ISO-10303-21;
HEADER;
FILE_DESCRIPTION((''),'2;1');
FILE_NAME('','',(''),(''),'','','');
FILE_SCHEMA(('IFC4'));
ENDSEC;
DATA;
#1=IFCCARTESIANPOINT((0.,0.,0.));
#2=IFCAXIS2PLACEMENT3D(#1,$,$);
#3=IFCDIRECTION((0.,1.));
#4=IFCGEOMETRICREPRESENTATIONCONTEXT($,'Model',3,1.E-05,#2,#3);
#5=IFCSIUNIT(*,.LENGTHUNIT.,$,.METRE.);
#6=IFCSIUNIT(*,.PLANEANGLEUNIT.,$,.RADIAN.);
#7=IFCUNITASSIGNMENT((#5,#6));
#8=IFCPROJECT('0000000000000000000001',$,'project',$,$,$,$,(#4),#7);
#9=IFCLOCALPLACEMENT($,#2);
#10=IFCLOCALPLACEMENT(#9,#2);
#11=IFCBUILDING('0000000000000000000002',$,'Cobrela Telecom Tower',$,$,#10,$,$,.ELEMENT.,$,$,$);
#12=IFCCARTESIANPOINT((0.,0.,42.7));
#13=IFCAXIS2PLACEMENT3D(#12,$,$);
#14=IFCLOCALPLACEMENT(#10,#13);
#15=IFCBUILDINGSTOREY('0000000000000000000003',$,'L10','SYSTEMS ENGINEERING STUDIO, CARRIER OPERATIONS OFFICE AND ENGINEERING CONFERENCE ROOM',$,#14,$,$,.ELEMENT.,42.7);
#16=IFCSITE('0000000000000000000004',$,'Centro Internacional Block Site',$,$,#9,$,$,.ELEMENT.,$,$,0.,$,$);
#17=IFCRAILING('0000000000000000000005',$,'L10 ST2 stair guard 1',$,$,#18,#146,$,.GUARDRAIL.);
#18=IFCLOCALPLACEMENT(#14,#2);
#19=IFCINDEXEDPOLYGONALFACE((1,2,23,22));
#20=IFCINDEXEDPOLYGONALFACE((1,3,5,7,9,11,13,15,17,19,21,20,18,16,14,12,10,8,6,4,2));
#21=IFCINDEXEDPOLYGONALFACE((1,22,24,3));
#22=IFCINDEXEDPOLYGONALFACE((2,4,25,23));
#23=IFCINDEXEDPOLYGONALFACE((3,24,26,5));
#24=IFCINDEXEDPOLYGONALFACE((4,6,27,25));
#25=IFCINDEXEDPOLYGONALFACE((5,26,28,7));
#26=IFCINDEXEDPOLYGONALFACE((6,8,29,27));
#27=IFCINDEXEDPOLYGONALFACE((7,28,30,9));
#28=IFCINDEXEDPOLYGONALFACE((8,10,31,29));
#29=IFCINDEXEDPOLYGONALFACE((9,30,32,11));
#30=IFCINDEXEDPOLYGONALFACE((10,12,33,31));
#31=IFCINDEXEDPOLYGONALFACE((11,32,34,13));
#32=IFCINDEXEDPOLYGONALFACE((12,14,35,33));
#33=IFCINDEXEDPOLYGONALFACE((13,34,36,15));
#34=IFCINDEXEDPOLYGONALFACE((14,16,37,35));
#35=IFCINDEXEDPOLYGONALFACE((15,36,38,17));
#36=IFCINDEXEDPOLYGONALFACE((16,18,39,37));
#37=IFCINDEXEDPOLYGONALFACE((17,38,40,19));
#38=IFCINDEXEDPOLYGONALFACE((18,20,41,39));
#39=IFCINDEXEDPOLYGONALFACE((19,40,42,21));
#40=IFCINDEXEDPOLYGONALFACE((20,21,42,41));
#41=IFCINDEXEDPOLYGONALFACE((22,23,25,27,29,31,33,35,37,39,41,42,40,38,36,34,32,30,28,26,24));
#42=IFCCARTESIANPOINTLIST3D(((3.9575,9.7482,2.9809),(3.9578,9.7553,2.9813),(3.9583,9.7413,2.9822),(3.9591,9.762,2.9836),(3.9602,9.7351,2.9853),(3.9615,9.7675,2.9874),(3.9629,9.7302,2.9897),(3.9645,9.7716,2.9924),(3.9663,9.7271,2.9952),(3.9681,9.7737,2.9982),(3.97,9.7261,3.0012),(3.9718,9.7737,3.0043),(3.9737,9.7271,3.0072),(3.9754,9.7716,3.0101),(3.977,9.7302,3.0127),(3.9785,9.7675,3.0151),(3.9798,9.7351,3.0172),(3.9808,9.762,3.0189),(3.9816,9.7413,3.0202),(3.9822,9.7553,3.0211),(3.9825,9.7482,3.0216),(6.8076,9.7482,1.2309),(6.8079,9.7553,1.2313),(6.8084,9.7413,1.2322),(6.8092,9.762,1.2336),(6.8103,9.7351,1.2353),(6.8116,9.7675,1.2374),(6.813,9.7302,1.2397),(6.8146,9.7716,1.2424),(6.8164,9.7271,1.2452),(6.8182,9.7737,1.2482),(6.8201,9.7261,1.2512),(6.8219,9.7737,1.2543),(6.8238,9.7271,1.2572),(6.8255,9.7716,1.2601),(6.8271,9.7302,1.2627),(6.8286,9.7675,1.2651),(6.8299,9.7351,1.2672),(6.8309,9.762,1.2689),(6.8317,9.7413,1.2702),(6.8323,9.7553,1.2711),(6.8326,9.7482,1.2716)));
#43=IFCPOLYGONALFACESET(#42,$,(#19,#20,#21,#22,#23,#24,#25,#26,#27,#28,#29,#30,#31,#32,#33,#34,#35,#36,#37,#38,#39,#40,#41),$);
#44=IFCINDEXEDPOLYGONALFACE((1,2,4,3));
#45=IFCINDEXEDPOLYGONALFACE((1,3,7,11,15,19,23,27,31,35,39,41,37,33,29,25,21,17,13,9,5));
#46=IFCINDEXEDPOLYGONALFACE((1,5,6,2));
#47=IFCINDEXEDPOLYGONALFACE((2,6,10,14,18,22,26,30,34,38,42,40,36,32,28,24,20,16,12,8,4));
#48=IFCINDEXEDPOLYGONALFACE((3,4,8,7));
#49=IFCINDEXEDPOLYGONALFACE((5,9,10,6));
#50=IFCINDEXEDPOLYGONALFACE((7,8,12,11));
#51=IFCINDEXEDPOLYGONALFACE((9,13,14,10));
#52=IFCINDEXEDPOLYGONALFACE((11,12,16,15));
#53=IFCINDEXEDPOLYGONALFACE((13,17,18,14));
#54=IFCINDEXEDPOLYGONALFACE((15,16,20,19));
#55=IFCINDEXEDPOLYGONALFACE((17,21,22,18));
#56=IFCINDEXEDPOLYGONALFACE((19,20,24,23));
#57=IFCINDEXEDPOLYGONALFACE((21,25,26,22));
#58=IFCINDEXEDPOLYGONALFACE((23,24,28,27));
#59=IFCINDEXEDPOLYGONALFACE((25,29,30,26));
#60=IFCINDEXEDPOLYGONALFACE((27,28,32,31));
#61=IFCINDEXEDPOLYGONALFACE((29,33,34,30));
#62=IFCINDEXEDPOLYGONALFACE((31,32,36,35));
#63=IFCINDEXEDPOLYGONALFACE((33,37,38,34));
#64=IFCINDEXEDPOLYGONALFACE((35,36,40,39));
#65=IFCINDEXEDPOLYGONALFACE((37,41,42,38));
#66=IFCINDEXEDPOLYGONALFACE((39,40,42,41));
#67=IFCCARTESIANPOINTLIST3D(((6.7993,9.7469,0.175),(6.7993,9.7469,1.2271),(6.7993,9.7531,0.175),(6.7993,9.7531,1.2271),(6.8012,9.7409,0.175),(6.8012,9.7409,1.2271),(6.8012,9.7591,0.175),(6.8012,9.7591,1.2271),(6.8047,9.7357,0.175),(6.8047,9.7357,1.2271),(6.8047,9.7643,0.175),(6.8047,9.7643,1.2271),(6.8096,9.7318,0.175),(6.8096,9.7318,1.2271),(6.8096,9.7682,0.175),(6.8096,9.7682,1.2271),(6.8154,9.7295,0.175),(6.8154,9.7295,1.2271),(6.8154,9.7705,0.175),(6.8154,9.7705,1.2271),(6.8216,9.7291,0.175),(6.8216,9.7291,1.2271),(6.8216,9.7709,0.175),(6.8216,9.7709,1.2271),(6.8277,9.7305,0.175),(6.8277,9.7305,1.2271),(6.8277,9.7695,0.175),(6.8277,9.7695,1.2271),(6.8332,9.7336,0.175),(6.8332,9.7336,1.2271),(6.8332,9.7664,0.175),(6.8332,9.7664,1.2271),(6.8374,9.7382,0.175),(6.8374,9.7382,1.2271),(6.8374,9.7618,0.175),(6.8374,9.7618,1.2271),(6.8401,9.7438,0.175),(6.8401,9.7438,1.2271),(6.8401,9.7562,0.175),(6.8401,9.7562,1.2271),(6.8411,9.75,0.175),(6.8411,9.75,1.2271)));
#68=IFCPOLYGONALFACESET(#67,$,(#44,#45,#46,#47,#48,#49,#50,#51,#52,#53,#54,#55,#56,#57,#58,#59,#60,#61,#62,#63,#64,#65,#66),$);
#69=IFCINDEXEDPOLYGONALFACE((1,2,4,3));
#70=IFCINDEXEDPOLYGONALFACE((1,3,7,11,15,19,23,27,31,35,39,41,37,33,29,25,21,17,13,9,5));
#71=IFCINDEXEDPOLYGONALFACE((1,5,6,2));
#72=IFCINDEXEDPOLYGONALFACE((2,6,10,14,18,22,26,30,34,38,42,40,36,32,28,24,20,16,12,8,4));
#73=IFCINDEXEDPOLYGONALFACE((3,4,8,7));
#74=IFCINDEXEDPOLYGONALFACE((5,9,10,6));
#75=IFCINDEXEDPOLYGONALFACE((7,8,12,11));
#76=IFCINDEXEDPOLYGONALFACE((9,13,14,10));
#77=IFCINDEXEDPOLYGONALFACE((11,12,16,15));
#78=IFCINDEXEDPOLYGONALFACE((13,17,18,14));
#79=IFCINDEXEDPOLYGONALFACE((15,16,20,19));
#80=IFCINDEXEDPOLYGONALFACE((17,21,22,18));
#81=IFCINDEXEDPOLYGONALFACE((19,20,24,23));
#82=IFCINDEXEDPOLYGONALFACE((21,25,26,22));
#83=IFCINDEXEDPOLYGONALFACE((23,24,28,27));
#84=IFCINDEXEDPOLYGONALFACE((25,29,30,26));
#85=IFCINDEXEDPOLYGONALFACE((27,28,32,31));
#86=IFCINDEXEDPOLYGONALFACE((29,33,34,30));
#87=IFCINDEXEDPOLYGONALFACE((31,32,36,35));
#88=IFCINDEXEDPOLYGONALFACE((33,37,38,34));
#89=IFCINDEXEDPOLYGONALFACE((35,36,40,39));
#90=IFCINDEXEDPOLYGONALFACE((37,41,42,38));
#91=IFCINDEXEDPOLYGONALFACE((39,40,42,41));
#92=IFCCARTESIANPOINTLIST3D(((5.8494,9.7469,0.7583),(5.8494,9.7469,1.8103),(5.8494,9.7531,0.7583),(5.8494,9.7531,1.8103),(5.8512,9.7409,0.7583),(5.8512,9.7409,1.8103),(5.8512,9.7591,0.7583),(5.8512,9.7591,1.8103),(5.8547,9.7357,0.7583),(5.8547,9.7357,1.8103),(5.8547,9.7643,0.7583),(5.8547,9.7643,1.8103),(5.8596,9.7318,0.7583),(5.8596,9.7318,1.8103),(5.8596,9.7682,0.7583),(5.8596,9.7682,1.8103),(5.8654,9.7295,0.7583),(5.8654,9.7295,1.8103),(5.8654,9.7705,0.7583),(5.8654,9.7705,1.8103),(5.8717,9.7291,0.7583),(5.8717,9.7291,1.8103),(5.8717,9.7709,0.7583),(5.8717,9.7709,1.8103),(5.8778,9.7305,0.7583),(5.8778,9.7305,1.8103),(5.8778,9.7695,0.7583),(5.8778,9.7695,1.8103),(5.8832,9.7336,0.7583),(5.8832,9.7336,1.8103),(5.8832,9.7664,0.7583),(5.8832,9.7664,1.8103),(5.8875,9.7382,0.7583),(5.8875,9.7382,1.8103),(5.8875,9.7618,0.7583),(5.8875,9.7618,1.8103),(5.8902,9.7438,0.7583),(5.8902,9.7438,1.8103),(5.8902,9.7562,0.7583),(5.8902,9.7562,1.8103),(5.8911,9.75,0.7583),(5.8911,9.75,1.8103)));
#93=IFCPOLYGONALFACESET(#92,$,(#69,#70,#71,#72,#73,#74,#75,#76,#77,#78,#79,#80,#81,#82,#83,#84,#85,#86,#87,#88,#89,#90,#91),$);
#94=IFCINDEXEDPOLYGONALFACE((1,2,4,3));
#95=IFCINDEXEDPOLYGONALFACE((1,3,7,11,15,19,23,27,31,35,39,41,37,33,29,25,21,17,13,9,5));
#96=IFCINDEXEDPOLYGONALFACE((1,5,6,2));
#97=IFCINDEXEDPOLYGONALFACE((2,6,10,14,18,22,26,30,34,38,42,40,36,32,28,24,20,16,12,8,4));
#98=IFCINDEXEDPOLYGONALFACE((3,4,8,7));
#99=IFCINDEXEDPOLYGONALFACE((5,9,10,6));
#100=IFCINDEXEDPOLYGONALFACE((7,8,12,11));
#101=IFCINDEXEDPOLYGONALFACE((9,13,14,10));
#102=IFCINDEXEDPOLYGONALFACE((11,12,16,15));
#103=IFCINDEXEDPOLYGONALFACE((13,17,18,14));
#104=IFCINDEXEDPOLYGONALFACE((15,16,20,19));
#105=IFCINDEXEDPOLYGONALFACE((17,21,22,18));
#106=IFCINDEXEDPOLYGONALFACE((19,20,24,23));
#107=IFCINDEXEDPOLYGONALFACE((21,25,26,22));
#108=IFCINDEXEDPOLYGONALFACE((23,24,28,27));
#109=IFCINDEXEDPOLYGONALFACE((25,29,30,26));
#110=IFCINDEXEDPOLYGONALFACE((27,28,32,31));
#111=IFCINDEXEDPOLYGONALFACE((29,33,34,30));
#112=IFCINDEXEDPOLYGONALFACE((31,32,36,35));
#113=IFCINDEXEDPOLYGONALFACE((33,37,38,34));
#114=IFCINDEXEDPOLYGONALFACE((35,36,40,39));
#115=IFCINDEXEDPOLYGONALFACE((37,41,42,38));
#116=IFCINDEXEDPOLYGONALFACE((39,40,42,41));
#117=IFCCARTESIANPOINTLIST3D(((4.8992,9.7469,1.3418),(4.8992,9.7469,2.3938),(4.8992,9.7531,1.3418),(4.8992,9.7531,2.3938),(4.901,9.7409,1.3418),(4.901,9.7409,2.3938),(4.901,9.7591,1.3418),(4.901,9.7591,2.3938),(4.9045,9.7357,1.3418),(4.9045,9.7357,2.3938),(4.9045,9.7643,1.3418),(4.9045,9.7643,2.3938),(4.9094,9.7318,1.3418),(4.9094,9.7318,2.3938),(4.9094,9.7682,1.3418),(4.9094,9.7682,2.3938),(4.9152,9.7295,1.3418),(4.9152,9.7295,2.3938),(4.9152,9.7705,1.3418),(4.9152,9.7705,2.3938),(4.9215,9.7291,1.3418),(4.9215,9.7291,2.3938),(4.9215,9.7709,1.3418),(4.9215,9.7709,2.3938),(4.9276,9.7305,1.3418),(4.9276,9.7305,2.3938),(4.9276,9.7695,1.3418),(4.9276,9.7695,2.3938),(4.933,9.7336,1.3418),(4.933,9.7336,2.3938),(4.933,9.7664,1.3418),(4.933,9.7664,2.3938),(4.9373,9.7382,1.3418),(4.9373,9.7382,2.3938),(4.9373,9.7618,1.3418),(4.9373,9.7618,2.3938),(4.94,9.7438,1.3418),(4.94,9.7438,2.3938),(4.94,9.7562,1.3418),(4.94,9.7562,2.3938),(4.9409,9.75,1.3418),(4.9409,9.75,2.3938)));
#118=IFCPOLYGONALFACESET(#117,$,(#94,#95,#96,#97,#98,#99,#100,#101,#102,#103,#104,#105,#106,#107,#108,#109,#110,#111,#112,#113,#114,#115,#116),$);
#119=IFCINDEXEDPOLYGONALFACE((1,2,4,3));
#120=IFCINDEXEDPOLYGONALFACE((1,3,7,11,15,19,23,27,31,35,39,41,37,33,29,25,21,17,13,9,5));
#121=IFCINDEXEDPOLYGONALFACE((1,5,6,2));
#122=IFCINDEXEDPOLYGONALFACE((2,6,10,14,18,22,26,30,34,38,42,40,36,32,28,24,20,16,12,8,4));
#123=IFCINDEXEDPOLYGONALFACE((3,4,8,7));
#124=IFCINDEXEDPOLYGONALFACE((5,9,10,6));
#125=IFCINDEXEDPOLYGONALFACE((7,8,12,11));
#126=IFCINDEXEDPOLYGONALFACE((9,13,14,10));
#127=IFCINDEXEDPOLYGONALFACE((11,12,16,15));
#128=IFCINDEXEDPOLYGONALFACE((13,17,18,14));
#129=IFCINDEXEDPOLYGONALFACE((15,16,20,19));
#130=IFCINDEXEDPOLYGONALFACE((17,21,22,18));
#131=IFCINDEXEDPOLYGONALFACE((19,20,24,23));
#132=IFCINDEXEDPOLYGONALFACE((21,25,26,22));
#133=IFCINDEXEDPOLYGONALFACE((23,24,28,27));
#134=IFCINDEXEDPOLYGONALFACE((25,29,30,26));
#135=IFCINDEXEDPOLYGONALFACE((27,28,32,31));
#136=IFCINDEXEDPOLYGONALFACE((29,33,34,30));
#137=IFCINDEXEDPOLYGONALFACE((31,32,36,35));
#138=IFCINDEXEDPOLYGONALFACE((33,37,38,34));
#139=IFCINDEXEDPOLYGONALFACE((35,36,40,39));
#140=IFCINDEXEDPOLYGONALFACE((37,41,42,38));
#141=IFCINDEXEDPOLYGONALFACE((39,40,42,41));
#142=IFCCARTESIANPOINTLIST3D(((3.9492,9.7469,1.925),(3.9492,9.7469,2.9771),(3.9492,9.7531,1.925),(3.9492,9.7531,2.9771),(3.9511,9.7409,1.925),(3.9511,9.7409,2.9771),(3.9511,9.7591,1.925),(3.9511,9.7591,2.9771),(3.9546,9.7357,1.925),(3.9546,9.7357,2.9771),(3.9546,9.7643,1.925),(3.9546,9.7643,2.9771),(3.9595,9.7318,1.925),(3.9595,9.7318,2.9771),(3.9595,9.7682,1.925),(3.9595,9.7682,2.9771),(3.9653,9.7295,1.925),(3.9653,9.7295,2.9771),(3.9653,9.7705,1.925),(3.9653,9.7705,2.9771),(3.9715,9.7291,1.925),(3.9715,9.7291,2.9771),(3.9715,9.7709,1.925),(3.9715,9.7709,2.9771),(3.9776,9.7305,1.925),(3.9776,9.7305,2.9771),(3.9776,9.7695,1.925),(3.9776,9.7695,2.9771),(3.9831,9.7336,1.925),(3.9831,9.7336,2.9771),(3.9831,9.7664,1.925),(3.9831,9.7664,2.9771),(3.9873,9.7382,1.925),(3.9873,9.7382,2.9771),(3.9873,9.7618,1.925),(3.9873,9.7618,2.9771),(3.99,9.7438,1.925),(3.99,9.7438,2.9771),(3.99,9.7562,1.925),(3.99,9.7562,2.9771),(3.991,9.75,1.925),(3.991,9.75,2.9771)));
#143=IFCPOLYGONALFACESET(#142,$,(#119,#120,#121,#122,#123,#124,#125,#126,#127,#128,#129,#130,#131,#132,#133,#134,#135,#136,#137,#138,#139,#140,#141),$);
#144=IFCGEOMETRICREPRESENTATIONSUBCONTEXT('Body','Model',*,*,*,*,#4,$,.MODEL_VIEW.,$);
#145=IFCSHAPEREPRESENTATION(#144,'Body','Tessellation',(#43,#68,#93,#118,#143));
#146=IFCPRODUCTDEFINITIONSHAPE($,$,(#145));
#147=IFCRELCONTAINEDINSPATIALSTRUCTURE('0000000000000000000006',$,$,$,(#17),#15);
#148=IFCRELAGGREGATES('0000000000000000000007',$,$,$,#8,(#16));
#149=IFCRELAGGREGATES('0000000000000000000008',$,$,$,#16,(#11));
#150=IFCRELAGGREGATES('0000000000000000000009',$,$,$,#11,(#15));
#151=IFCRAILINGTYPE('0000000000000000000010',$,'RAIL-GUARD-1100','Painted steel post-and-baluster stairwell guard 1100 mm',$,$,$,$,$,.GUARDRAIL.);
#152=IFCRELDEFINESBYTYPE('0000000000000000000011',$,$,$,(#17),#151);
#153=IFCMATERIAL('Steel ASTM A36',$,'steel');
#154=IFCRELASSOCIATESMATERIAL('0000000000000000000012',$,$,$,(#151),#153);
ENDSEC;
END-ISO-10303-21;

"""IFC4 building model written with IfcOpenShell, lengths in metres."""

from ifc_helpers import new_model, si_unit, direction, frame, origin, origin_2d, place, context, subcontext, project, spatial, circle, extrude, material, type_object, element, save


model = new_model("IFC4")

# Units and contexts
model_context = context("Model", 3, precision=1e-05, world=origin(), true_north=direction((0.0, 1.0)))
body_context = subcontext(model_context, "Body", "Model", "MODEL_VIEW")
ifc_project = project(units=[si_unit("LENGTHUNIT", "METRE"), si_unit("PLANEANGLEUNIT", "RADIAN")], contexts=[model_context])

# Site, building, storey
site_placement = place(None, origin())
site = spatial("IfcSite", under=ifc_project, at=site_placement, Name="Centro Internacional Block Site", CompositionType="ELEMENT", RefElevation=0.0)
building_placement = place(site_placement, origin())
building = spatial("IfcBuilding", under=site, at=building_placement, Name="Cobrela Telecom Tower", CompositionType="ELEMENT")
storey_placement = place(building_placement, frame((0.0, 0.0, 42.7)))
storey = spatial("IfcBuildingStorey", under=building, at=storey_placement, Name="L10", Description="SYSTEMS ENGINEERING STUDIO, CARRIER OPERATIONS OFFICE AND ENGINEERING CONFERENCE ROOM", CompositionType="ELEMENT", Elevation=42.7)

# Railing
ifc_material_1 = material(Name="Steel ASTM A36", Category="steel")
railing_type_1 = type_object("IfcRailingType", Name="RAIL-GUARD-1100", Description="Painted steel post-and-baluster stairwell guard 1100 mm", PredefinedType="GUARDRAIL", material=ifc_material_1)
railing_1_placement = place(storey_placement, frame((6.8201, 9.75, 0.175)))
element("IfcRailing", 1, at=railing_1_placement, inside=storey, type_object=railing_type_1, Name="L10 ST2 stair guard 1", PredefinedType="GUARDRAIL", context=body_context, shape_type="SweptSolid", body=[
    extrude(circle(Radius=0.0239, at=origin_2d()), frame((0.0, 0.0, 1.0762), z_axis=(-0.852179, 0.0, 0.52325), x_axis=(0.0, -1.0, 0.0)), (0.0, 0.0, 1.0), 3.3445),
    extrude(circle(Radius=0.021, at=origin_2d()), origin(), (0.0, 0.0, 1.0), 1.052),
    extrude(circle(Radius=0.021, at=origin_2d()), frame((-0.95, 0.0, 0.5833)), (0.0, 0.0, 1.0), 1.052),
    extrude(circle(Radius=0.021, at=origin_2d()), frame((-1.9001, 0.0, 1.1667)), (0.0, 0.0, 1.0), 1.052),
    extrude(circle(Radius=0.021, at=origin_2d()), frame((-2.8501, 0.0, 1.75)), (0.0, 0.0, 1.0), 1.052),
])

save(model, "model.ifc")
